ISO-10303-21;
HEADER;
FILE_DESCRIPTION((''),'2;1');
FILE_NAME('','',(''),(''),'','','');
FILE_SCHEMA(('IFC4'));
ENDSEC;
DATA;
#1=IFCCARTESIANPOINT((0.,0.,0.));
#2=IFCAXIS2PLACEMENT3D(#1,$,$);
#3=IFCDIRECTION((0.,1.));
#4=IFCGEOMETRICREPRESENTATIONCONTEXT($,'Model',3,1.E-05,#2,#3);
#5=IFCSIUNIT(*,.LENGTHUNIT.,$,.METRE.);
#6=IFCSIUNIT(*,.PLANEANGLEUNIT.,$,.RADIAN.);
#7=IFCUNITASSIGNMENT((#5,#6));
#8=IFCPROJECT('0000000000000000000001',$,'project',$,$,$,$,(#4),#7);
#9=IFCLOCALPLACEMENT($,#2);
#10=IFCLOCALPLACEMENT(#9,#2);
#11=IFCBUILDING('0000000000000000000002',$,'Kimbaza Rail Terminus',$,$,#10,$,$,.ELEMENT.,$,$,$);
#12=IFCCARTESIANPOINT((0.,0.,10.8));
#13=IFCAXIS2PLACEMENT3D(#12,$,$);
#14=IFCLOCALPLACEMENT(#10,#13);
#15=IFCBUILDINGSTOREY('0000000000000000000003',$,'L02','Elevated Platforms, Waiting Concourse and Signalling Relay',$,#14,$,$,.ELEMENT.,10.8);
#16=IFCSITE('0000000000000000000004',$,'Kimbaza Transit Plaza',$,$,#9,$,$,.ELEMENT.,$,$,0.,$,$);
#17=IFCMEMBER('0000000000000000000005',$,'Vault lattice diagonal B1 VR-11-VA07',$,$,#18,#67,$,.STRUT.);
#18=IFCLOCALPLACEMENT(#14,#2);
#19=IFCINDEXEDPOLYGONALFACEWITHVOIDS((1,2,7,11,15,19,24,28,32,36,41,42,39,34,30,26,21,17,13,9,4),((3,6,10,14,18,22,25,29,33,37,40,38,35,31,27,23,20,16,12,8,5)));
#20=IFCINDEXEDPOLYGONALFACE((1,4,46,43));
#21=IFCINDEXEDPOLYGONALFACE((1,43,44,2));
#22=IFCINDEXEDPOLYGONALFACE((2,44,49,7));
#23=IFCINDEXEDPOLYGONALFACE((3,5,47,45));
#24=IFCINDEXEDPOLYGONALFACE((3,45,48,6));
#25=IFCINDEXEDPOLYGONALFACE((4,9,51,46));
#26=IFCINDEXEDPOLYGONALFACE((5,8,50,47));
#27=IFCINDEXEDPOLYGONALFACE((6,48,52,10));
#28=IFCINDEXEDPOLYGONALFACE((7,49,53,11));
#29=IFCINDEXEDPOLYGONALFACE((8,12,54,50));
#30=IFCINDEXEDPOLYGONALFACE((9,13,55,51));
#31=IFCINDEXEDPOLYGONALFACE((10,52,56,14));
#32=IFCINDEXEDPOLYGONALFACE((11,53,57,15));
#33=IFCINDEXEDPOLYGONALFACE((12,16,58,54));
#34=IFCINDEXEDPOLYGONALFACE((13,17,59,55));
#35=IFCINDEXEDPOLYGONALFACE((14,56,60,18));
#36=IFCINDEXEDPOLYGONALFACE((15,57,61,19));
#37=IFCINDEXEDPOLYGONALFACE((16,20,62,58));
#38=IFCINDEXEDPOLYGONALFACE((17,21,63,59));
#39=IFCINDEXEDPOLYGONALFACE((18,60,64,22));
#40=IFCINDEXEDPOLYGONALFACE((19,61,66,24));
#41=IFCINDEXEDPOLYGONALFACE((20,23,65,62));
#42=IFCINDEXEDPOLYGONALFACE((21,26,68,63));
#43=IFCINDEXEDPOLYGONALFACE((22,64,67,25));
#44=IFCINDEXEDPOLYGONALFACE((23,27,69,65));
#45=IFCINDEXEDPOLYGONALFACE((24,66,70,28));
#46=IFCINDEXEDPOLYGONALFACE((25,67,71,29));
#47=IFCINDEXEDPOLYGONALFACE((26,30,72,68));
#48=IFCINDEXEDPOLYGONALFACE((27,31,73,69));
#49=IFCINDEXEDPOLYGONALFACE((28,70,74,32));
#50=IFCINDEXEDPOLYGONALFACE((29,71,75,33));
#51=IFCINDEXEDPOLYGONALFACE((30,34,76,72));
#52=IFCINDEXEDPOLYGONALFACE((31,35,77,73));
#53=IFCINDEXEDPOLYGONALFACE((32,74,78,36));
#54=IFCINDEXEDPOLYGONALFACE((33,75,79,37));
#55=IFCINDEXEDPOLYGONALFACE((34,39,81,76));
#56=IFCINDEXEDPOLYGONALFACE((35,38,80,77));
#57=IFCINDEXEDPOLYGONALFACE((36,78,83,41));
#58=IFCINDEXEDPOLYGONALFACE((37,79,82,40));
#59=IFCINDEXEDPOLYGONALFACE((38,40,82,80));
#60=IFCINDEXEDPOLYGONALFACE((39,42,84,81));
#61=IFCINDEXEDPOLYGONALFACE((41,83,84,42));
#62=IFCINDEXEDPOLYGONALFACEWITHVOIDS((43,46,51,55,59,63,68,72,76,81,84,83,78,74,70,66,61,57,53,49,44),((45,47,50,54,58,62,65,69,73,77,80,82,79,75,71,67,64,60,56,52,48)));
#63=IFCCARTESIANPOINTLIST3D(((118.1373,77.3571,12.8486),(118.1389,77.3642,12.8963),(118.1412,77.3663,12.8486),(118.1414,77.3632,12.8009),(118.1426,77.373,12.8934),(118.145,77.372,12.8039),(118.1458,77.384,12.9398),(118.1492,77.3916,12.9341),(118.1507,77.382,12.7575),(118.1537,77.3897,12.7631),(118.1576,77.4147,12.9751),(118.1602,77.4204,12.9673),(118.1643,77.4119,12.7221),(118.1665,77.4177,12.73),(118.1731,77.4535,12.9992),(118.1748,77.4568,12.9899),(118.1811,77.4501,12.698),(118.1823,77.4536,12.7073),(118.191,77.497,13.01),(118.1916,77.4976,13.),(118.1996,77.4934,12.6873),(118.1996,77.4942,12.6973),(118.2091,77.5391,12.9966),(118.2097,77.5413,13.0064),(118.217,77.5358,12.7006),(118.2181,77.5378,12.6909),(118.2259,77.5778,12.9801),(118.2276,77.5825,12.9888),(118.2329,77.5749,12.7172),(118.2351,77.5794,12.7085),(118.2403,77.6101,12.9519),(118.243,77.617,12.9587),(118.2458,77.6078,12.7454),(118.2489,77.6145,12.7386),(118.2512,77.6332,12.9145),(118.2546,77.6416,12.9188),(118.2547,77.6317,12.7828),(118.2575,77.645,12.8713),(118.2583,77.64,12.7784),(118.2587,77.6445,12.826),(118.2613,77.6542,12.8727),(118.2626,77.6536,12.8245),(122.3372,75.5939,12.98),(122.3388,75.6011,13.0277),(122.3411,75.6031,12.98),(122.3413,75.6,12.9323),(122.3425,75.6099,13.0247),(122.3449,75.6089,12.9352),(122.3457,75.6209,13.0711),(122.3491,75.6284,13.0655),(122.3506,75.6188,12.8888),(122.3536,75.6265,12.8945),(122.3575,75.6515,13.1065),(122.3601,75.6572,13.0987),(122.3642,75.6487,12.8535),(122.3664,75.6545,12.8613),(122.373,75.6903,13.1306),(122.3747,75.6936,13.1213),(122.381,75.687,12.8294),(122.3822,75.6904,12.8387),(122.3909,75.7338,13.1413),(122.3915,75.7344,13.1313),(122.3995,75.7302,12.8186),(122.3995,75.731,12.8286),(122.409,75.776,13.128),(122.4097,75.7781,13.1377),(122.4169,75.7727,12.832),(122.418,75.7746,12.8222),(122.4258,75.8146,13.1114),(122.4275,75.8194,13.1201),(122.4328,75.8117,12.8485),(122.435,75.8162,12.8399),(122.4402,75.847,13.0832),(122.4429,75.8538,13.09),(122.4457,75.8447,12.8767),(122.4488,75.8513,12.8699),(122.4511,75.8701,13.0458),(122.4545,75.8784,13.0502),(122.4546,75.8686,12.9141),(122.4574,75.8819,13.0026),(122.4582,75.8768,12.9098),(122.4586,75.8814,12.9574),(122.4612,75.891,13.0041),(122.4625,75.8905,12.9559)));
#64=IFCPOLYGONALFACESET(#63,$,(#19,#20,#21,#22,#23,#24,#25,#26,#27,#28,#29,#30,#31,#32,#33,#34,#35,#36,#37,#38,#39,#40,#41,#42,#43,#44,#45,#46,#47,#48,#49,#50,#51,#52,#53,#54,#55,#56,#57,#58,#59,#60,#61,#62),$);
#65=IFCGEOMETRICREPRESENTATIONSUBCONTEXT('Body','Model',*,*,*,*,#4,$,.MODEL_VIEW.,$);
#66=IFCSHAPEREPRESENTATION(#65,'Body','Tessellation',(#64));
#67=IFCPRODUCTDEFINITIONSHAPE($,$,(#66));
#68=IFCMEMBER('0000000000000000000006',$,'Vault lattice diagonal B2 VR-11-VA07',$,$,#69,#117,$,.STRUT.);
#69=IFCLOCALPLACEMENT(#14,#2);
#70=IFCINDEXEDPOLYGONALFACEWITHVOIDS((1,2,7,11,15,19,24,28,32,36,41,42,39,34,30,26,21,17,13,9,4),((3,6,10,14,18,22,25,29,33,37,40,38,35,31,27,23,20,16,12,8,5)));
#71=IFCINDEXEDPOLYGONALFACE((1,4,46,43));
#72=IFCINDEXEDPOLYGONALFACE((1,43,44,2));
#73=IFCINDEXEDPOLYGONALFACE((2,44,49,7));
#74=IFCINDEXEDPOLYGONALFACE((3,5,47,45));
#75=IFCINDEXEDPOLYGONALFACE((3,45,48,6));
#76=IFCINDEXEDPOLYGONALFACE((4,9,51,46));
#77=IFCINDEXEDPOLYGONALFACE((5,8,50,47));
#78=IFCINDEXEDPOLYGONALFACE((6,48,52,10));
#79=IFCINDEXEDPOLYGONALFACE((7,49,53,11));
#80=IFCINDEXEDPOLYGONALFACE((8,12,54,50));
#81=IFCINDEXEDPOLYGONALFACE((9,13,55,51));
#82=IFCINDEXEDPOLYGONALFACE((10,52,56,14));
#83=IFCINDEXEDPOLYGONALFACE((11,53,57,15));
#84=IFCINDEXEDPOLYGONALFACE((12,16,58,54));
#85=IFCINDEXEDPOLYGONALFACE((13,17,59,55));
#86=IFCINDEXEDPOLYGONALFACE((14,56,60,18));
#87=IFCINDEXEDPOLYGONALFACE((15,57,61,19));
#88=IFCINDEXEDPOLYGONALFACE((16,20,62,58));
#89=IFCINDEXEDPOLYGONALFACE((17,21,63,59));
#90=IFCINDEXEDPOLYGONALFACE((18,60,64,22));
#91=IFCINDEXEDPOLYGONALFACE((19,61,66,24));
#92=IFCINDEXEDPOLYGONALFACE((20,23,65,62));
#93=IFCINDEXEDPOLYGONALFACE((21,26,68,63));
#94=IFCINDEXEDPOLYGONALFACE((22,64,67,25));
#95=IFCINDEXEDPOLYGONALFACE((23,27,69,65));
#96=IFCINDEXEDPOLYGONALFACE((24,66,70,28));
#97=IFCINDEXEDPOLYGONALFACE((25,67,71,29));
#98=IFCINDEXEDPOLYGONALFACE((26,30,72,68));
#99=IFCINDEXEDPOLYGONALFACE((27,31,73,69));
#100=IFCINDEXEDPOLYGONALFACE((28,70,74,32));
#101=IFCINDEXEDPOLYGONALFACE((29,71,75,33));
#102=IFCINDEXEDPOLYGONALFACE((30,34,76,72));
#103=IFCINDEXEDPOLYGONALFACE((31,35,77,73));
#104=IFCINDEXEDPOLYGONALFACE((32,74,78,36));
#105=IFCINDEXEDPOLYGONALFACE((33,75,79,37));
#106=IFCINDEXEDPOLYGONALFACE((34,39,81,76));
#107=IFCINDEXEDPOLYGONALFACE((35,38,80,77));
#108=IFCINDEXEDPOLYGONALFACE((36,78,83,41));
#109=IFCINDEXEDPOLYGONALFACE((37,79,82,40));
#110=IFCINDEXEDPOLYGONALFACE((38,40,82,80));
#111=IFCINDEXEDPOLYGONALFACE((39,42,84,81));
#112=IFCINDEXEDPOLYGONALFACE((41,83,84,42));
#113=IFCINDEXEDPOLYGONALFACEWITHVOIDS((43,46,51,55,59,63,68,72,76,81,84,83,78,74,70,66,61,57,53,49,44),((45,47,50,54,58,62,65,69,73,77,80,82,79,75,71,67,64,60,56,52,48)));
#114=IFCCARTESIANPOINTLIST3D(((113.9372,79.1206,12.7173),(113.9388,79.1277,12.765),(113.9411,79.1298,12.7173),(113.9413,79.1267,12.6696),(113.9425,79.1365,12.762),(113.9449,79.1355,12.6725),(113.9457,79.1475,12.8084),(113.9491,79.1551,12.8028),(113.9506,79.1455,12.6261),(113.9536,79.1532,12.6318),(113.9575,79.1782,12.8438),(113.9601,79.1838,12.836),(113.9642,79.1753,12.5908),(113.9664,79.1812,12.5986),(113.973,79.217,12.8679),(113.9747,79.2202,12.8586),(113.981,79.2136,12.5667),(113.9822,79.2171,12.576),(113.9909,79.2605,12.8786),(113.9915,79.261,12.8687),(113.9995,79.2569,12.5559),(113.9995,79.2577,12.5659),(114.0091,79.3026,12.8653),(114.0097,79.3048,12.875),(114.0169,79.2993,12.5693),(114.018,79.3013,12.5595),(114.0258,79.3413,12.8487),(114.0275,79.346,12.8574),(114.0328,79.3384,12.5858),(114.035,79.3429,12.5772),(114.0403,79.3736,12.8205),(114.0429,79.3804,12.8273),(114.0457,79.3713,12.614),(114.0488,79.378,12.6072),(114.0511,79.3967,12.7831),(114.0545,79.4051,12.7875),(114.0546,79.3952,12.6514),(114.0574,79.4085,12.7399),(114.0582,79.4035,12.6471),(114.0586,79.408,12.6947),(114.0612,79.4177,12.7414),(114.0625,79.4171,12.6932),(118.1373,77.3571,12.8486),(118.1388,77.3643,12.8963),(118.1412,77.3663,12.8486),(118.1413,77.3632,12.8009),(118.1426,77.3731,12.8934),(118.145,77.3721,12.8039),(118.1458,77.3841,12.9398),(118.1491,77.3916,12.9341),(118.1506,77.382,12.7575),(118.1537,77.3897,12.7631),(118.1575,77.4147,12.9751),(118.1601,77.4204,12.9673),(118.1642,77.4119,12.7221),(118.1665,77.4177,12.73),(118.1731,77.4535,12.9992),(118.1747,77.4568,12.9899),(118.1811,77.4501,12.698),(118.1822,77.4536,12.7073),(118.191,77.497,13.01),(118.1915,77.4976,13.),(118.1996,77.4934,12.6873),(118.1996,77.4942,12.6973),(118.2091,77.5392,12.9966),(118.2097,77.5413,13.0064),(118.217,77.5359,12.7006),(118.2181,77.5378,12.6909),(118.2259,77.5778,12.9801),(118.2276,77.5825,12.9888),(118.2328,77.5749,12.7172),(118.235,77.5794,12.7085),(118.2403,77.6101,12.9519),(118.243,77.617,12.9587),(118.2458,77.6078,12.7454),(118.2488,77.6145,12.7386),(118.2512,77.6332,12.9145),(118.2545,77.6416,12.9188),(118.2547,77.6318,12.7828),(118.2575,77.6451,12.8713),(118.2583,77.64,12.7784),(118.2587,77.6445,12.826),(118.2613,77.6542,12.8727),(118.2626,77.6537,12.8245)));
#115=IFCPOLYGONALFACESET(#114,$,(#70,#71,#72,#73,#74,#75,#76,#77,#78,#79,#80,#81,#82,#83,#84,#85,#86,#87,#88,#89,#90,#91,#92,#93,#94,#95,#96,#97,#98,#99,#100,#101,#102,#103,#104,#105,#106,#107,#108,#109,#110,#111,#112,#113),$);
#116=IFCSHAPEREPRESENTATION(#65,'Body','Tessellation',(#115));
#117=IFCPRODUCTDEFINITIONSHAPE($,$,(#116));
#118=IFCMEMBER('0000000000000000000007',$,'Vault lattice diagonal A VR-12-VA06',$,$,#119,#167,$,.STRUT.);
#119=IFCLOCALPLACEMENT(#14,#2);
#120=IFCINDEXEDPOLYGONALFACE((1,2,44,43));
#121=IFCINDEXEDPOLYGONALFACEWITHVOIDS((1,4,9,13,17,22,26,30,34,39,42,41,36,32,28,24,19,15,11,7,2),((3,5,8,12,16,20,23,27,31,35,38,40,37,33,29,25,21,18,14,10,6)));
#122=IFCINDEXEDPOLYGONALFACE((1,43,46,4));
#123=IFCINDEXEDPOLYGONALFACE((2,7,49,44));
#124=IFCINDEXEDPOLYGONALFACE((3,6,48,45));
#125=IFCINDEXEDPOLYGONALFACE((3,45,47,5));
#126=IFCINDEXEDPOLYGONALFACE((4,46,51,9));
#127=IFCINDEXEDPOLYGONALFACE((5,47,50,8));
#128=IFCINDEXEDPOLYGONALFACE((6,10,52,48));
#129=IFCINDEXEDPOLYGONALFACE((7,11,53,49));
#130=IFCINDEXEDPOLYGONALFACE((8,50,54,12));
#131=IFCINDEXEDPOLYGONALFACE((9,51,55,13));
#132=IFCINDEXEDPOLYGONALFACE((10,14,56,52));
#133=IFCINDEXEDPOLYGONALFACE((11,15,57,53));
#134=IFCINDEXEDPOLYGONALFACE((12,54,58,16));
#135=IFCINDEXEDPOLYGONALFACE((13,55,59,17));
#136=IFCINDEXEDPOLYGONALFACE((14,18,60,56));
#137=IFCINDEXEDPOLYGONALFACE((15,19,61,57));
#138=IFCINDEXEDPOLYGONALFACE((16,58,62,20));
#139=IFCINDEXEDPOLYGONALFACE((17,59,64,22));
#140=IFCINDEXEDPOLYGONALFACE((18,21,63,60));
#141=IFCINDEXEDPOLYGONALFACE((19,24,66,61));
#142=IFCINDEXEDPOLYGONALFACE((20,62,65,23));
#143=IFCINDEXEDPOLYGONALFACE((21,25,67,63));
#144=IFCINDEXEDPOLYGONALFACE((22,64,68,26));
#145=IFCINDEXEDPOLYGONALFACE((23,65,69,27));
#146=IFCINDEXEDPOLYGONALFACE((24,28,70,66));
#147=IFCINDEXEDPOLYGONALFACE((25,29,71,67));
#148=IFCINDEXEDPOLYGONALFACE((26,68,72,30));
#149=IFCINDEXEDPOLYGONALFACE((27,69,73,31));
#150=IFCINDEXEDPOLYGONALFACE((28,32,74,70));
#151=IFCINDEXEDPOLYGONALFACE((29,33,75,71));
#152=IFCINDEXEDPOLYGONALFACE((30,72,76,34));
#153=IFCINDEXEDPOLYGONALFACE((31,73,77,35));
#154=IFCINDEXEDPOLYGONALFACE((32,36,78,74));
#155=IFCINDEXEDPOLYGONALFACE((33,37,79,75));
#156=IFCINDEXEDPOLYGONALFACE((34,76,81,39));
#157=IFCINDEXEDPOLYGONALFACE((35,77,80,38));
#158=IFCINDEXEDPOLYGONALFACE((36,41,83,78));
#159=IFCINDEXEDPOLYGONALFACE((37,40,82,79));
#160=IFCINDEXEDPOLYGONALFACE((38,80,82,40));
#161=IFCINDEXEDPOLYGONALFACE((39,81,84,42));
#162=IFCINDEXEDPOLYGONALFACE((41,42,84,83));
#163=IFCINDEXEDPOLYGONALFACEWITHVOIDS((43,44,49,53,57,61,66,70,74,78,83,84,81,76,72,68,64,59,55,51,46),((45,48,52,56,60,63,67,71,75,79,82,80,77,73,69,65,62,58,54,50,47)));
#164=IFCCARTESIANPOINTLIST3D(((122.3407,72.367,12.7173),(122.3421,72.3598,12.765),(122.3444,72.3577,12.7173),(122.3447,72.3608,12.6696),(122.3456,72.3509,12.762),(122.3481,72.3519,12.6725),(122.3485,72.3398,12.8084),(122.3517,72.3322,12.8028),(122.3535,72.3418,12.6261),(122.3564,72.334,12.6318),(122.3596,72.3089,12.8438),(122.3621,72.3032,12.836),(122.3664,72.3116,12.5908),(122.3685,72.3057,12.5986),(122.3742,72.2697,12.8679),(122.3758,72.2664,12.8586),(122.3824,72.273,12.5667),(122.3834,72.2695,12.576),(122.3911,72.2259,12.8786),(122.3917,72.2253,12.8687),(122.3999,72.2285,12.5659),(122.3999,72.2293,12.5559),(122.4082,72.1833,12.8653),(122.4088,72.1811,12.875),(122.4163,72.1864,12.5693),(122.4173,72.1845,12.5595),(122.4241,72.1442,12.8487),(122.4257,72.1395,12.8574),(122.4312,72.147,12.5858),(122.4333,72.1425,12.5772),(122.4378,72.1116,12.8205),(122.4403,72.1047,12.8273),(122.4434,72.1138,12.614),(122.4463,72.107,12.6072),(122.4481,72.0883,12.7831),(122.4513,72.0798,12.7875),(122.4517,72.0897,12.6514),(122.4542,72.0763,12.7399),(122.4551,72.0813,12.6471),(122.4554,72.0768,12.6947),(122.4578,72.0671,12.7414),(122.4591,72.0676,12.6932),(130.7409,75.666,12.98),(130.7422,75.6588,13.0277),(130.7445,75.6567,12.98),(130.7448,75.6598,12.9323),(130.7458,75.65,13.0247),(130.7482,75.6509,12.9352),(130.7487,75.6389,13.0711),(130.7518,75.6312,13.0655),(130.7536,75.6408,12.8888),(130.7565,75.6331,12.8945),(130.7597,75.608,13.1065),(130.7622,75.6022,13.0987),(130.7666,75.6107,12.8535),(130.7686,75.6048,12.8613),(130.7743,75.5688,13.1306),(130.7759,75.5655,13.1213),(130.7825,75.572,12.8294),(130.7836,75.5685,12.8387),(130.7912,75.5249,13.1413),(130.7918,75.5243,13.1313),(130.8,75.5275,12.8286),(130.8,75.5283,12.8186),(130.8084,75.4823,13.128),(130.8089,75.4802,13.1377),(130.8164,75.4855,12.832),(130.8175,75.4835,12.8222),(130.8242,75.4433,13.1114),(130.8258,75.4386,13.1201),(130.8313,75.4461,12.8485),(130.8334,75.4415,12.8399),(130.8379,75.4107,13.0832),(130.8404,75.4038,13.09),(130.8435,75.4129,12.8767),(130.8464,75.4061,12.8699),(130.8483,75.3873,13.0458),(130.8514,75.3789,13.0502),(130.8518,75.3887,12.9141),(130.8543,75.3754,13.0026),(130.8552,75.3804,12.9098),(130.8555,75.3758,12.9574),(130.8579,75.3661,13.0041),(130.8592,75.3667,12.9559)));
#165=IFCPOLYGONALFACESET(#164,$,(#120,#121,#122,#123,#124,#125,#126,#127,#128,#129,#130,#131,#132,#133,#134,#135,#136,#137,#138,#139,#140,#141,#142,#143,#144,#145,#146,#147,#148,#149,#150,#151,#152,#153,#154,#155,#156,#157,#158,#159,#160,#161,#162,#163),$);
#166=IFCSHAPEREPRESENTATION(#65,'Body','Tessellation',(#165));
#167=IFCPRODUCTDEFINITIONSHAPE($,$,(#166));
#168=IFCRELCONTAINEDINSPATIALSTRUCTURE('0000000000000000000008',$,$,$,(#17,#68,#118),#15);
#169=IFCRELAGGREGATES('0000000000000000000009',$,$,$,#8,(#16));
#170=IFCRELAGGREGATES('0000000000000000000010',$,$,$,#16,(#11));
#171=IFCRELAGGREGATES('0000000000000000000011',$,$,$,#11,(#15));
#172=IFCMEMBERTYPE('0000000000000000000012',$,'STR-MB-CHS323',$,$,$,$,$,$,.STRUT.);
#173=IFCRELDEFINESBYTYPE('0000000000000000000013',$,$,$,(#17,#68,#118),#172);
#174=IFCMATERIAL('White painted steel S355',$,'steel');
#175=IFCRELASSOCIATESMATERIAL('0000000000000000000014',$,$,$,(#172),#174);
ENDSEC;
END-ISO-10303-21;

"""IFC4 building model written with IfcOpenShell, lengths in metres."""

from ifc_helpers import new_model, si_unit, direction, frame, origin, origin_2d, place, context, subcontext, project, spatial, hollow_circle, extrude, material, material_profile, profile_set, type_object, element, save


model = new_model("IFC4")

# Units and contexts
model_context = context("Model", 3, precision=1e-05, world=origin(), true_north=direction((0.0, 1.0)))
body_context = subcontext(model_context, "Body", "Model", "MODEL_VIEW")
ifc_project = project(units=[si_unit("LENGTHUNIT", "METRE"), si_unit("PLANEANGLEUNIT", "RADIAN")], contexts=[model_context])

# Site, building, storey
site_placement = place(None, origin())
site = spatial("IfcSite", under=ifc_project, at=site_placement, Name="Kimbaza Transit Plaza", CompositionType="ELEMENT", RefElevation=0.0)
building_placement = place(site_placement, origin())
building = spatial("IfcBuilding", under=site, at=building_placement, Name="Kimbaza Rail Terminus", CompositionType="ELEMENT")
storey_placement = place(building_placement, frame((0.0, 0.0, 10.8)))
storey = spatial("IfcBuildingStorey", under=building, at=storey_placement, Name="L02", Description="Elevated Platforms, Waiting Concourse and Signalling Relay", CompositionType="ELEMENT", Elevation=10.8)

# Members
ifc_material_1 = material(Name="White painted steel S355", Category="steel")
ifc_material_profile_1 = material_profile(ifc_material_1, hollow_circle(Radius=0.1619, WallThickness=0.01, at=origin_2d()), Name="CHS 323.9x10")
ifc_profile_set_1 = profile_set([ifc_material_profile_1], Name="White painted steel S355")
member_type_1 = type_object("IfcMemberType", Name="STR-MB-CHS323", PredefinedType="STRUT", material=ifc_profile_set_1)
member_1_placement = place(storey_placement, frame((122.3999, 75.7432, 12.98), z_axis=(-0.921661, 0.386923, -0.028824), x_axis=(-0.387084, -0.922044, 0.0)))
element("IfcMember", 1, at=member_1_placement, inside=storey, type_object=member_type_1, Name="Vault lattice diagonal B1 VR-11-VA07", PredefinedType="STRUT", context=body_context, shape_type="SweptSolid", body=[
    extrude(hollow_circle(Radius=0.1619, WallThickness=0.01, at=origin_2d()), origin(), (0.0, 0.0, 1.0), 4.5569),
])
member_2_placement = place(storey_placement, frame((118.2, 77.5063, 12.8486), z_axis=(-0.921642, 0.386969, -0.028823), x_axis=(-0.38713, -0.922025, 0.0)))
element("IfcMember", 2, at=member_2_placement, inside=storey, type_object=member_type_1, Name="Vault lattice diagonal B2 VR-11-VA07", PredefinedType="STRUT", context=body_context, shape_type="SweptSolid", body=[
    extrude(hollow_circle(Radius=0.1619, WallThickness=0.01, at=origin_2d()), origin(), (0.0, 0.0, 1.0), 4.5571),
])
for number, where, z_axis, x_axis, name in (
    (3, (122.3999, 72.2163, 12.7173), (0.930395, 0.365403, 0.029096), (-0.365558, 0.930789, 0.0), "Vault lattice diagonal A VR-12-VA06"),
):
    element("IfcMember", number, at=place(storey_placement, frame(where, z_axis=z_axis, x_axis=x_axis)), inside=storey, type_object=member_type_1, Name=name, PredefinedType="STRUT", context=body_context, shape_type="SweptSolid", body=[
        extrude(hollow_circle(Radius=0.1619, WallThickness=0.01, at=origin_2d()), origin(), (0.0, 0.0, 1.0), 9.0286),
    ])

save(model, "model.ifc")
